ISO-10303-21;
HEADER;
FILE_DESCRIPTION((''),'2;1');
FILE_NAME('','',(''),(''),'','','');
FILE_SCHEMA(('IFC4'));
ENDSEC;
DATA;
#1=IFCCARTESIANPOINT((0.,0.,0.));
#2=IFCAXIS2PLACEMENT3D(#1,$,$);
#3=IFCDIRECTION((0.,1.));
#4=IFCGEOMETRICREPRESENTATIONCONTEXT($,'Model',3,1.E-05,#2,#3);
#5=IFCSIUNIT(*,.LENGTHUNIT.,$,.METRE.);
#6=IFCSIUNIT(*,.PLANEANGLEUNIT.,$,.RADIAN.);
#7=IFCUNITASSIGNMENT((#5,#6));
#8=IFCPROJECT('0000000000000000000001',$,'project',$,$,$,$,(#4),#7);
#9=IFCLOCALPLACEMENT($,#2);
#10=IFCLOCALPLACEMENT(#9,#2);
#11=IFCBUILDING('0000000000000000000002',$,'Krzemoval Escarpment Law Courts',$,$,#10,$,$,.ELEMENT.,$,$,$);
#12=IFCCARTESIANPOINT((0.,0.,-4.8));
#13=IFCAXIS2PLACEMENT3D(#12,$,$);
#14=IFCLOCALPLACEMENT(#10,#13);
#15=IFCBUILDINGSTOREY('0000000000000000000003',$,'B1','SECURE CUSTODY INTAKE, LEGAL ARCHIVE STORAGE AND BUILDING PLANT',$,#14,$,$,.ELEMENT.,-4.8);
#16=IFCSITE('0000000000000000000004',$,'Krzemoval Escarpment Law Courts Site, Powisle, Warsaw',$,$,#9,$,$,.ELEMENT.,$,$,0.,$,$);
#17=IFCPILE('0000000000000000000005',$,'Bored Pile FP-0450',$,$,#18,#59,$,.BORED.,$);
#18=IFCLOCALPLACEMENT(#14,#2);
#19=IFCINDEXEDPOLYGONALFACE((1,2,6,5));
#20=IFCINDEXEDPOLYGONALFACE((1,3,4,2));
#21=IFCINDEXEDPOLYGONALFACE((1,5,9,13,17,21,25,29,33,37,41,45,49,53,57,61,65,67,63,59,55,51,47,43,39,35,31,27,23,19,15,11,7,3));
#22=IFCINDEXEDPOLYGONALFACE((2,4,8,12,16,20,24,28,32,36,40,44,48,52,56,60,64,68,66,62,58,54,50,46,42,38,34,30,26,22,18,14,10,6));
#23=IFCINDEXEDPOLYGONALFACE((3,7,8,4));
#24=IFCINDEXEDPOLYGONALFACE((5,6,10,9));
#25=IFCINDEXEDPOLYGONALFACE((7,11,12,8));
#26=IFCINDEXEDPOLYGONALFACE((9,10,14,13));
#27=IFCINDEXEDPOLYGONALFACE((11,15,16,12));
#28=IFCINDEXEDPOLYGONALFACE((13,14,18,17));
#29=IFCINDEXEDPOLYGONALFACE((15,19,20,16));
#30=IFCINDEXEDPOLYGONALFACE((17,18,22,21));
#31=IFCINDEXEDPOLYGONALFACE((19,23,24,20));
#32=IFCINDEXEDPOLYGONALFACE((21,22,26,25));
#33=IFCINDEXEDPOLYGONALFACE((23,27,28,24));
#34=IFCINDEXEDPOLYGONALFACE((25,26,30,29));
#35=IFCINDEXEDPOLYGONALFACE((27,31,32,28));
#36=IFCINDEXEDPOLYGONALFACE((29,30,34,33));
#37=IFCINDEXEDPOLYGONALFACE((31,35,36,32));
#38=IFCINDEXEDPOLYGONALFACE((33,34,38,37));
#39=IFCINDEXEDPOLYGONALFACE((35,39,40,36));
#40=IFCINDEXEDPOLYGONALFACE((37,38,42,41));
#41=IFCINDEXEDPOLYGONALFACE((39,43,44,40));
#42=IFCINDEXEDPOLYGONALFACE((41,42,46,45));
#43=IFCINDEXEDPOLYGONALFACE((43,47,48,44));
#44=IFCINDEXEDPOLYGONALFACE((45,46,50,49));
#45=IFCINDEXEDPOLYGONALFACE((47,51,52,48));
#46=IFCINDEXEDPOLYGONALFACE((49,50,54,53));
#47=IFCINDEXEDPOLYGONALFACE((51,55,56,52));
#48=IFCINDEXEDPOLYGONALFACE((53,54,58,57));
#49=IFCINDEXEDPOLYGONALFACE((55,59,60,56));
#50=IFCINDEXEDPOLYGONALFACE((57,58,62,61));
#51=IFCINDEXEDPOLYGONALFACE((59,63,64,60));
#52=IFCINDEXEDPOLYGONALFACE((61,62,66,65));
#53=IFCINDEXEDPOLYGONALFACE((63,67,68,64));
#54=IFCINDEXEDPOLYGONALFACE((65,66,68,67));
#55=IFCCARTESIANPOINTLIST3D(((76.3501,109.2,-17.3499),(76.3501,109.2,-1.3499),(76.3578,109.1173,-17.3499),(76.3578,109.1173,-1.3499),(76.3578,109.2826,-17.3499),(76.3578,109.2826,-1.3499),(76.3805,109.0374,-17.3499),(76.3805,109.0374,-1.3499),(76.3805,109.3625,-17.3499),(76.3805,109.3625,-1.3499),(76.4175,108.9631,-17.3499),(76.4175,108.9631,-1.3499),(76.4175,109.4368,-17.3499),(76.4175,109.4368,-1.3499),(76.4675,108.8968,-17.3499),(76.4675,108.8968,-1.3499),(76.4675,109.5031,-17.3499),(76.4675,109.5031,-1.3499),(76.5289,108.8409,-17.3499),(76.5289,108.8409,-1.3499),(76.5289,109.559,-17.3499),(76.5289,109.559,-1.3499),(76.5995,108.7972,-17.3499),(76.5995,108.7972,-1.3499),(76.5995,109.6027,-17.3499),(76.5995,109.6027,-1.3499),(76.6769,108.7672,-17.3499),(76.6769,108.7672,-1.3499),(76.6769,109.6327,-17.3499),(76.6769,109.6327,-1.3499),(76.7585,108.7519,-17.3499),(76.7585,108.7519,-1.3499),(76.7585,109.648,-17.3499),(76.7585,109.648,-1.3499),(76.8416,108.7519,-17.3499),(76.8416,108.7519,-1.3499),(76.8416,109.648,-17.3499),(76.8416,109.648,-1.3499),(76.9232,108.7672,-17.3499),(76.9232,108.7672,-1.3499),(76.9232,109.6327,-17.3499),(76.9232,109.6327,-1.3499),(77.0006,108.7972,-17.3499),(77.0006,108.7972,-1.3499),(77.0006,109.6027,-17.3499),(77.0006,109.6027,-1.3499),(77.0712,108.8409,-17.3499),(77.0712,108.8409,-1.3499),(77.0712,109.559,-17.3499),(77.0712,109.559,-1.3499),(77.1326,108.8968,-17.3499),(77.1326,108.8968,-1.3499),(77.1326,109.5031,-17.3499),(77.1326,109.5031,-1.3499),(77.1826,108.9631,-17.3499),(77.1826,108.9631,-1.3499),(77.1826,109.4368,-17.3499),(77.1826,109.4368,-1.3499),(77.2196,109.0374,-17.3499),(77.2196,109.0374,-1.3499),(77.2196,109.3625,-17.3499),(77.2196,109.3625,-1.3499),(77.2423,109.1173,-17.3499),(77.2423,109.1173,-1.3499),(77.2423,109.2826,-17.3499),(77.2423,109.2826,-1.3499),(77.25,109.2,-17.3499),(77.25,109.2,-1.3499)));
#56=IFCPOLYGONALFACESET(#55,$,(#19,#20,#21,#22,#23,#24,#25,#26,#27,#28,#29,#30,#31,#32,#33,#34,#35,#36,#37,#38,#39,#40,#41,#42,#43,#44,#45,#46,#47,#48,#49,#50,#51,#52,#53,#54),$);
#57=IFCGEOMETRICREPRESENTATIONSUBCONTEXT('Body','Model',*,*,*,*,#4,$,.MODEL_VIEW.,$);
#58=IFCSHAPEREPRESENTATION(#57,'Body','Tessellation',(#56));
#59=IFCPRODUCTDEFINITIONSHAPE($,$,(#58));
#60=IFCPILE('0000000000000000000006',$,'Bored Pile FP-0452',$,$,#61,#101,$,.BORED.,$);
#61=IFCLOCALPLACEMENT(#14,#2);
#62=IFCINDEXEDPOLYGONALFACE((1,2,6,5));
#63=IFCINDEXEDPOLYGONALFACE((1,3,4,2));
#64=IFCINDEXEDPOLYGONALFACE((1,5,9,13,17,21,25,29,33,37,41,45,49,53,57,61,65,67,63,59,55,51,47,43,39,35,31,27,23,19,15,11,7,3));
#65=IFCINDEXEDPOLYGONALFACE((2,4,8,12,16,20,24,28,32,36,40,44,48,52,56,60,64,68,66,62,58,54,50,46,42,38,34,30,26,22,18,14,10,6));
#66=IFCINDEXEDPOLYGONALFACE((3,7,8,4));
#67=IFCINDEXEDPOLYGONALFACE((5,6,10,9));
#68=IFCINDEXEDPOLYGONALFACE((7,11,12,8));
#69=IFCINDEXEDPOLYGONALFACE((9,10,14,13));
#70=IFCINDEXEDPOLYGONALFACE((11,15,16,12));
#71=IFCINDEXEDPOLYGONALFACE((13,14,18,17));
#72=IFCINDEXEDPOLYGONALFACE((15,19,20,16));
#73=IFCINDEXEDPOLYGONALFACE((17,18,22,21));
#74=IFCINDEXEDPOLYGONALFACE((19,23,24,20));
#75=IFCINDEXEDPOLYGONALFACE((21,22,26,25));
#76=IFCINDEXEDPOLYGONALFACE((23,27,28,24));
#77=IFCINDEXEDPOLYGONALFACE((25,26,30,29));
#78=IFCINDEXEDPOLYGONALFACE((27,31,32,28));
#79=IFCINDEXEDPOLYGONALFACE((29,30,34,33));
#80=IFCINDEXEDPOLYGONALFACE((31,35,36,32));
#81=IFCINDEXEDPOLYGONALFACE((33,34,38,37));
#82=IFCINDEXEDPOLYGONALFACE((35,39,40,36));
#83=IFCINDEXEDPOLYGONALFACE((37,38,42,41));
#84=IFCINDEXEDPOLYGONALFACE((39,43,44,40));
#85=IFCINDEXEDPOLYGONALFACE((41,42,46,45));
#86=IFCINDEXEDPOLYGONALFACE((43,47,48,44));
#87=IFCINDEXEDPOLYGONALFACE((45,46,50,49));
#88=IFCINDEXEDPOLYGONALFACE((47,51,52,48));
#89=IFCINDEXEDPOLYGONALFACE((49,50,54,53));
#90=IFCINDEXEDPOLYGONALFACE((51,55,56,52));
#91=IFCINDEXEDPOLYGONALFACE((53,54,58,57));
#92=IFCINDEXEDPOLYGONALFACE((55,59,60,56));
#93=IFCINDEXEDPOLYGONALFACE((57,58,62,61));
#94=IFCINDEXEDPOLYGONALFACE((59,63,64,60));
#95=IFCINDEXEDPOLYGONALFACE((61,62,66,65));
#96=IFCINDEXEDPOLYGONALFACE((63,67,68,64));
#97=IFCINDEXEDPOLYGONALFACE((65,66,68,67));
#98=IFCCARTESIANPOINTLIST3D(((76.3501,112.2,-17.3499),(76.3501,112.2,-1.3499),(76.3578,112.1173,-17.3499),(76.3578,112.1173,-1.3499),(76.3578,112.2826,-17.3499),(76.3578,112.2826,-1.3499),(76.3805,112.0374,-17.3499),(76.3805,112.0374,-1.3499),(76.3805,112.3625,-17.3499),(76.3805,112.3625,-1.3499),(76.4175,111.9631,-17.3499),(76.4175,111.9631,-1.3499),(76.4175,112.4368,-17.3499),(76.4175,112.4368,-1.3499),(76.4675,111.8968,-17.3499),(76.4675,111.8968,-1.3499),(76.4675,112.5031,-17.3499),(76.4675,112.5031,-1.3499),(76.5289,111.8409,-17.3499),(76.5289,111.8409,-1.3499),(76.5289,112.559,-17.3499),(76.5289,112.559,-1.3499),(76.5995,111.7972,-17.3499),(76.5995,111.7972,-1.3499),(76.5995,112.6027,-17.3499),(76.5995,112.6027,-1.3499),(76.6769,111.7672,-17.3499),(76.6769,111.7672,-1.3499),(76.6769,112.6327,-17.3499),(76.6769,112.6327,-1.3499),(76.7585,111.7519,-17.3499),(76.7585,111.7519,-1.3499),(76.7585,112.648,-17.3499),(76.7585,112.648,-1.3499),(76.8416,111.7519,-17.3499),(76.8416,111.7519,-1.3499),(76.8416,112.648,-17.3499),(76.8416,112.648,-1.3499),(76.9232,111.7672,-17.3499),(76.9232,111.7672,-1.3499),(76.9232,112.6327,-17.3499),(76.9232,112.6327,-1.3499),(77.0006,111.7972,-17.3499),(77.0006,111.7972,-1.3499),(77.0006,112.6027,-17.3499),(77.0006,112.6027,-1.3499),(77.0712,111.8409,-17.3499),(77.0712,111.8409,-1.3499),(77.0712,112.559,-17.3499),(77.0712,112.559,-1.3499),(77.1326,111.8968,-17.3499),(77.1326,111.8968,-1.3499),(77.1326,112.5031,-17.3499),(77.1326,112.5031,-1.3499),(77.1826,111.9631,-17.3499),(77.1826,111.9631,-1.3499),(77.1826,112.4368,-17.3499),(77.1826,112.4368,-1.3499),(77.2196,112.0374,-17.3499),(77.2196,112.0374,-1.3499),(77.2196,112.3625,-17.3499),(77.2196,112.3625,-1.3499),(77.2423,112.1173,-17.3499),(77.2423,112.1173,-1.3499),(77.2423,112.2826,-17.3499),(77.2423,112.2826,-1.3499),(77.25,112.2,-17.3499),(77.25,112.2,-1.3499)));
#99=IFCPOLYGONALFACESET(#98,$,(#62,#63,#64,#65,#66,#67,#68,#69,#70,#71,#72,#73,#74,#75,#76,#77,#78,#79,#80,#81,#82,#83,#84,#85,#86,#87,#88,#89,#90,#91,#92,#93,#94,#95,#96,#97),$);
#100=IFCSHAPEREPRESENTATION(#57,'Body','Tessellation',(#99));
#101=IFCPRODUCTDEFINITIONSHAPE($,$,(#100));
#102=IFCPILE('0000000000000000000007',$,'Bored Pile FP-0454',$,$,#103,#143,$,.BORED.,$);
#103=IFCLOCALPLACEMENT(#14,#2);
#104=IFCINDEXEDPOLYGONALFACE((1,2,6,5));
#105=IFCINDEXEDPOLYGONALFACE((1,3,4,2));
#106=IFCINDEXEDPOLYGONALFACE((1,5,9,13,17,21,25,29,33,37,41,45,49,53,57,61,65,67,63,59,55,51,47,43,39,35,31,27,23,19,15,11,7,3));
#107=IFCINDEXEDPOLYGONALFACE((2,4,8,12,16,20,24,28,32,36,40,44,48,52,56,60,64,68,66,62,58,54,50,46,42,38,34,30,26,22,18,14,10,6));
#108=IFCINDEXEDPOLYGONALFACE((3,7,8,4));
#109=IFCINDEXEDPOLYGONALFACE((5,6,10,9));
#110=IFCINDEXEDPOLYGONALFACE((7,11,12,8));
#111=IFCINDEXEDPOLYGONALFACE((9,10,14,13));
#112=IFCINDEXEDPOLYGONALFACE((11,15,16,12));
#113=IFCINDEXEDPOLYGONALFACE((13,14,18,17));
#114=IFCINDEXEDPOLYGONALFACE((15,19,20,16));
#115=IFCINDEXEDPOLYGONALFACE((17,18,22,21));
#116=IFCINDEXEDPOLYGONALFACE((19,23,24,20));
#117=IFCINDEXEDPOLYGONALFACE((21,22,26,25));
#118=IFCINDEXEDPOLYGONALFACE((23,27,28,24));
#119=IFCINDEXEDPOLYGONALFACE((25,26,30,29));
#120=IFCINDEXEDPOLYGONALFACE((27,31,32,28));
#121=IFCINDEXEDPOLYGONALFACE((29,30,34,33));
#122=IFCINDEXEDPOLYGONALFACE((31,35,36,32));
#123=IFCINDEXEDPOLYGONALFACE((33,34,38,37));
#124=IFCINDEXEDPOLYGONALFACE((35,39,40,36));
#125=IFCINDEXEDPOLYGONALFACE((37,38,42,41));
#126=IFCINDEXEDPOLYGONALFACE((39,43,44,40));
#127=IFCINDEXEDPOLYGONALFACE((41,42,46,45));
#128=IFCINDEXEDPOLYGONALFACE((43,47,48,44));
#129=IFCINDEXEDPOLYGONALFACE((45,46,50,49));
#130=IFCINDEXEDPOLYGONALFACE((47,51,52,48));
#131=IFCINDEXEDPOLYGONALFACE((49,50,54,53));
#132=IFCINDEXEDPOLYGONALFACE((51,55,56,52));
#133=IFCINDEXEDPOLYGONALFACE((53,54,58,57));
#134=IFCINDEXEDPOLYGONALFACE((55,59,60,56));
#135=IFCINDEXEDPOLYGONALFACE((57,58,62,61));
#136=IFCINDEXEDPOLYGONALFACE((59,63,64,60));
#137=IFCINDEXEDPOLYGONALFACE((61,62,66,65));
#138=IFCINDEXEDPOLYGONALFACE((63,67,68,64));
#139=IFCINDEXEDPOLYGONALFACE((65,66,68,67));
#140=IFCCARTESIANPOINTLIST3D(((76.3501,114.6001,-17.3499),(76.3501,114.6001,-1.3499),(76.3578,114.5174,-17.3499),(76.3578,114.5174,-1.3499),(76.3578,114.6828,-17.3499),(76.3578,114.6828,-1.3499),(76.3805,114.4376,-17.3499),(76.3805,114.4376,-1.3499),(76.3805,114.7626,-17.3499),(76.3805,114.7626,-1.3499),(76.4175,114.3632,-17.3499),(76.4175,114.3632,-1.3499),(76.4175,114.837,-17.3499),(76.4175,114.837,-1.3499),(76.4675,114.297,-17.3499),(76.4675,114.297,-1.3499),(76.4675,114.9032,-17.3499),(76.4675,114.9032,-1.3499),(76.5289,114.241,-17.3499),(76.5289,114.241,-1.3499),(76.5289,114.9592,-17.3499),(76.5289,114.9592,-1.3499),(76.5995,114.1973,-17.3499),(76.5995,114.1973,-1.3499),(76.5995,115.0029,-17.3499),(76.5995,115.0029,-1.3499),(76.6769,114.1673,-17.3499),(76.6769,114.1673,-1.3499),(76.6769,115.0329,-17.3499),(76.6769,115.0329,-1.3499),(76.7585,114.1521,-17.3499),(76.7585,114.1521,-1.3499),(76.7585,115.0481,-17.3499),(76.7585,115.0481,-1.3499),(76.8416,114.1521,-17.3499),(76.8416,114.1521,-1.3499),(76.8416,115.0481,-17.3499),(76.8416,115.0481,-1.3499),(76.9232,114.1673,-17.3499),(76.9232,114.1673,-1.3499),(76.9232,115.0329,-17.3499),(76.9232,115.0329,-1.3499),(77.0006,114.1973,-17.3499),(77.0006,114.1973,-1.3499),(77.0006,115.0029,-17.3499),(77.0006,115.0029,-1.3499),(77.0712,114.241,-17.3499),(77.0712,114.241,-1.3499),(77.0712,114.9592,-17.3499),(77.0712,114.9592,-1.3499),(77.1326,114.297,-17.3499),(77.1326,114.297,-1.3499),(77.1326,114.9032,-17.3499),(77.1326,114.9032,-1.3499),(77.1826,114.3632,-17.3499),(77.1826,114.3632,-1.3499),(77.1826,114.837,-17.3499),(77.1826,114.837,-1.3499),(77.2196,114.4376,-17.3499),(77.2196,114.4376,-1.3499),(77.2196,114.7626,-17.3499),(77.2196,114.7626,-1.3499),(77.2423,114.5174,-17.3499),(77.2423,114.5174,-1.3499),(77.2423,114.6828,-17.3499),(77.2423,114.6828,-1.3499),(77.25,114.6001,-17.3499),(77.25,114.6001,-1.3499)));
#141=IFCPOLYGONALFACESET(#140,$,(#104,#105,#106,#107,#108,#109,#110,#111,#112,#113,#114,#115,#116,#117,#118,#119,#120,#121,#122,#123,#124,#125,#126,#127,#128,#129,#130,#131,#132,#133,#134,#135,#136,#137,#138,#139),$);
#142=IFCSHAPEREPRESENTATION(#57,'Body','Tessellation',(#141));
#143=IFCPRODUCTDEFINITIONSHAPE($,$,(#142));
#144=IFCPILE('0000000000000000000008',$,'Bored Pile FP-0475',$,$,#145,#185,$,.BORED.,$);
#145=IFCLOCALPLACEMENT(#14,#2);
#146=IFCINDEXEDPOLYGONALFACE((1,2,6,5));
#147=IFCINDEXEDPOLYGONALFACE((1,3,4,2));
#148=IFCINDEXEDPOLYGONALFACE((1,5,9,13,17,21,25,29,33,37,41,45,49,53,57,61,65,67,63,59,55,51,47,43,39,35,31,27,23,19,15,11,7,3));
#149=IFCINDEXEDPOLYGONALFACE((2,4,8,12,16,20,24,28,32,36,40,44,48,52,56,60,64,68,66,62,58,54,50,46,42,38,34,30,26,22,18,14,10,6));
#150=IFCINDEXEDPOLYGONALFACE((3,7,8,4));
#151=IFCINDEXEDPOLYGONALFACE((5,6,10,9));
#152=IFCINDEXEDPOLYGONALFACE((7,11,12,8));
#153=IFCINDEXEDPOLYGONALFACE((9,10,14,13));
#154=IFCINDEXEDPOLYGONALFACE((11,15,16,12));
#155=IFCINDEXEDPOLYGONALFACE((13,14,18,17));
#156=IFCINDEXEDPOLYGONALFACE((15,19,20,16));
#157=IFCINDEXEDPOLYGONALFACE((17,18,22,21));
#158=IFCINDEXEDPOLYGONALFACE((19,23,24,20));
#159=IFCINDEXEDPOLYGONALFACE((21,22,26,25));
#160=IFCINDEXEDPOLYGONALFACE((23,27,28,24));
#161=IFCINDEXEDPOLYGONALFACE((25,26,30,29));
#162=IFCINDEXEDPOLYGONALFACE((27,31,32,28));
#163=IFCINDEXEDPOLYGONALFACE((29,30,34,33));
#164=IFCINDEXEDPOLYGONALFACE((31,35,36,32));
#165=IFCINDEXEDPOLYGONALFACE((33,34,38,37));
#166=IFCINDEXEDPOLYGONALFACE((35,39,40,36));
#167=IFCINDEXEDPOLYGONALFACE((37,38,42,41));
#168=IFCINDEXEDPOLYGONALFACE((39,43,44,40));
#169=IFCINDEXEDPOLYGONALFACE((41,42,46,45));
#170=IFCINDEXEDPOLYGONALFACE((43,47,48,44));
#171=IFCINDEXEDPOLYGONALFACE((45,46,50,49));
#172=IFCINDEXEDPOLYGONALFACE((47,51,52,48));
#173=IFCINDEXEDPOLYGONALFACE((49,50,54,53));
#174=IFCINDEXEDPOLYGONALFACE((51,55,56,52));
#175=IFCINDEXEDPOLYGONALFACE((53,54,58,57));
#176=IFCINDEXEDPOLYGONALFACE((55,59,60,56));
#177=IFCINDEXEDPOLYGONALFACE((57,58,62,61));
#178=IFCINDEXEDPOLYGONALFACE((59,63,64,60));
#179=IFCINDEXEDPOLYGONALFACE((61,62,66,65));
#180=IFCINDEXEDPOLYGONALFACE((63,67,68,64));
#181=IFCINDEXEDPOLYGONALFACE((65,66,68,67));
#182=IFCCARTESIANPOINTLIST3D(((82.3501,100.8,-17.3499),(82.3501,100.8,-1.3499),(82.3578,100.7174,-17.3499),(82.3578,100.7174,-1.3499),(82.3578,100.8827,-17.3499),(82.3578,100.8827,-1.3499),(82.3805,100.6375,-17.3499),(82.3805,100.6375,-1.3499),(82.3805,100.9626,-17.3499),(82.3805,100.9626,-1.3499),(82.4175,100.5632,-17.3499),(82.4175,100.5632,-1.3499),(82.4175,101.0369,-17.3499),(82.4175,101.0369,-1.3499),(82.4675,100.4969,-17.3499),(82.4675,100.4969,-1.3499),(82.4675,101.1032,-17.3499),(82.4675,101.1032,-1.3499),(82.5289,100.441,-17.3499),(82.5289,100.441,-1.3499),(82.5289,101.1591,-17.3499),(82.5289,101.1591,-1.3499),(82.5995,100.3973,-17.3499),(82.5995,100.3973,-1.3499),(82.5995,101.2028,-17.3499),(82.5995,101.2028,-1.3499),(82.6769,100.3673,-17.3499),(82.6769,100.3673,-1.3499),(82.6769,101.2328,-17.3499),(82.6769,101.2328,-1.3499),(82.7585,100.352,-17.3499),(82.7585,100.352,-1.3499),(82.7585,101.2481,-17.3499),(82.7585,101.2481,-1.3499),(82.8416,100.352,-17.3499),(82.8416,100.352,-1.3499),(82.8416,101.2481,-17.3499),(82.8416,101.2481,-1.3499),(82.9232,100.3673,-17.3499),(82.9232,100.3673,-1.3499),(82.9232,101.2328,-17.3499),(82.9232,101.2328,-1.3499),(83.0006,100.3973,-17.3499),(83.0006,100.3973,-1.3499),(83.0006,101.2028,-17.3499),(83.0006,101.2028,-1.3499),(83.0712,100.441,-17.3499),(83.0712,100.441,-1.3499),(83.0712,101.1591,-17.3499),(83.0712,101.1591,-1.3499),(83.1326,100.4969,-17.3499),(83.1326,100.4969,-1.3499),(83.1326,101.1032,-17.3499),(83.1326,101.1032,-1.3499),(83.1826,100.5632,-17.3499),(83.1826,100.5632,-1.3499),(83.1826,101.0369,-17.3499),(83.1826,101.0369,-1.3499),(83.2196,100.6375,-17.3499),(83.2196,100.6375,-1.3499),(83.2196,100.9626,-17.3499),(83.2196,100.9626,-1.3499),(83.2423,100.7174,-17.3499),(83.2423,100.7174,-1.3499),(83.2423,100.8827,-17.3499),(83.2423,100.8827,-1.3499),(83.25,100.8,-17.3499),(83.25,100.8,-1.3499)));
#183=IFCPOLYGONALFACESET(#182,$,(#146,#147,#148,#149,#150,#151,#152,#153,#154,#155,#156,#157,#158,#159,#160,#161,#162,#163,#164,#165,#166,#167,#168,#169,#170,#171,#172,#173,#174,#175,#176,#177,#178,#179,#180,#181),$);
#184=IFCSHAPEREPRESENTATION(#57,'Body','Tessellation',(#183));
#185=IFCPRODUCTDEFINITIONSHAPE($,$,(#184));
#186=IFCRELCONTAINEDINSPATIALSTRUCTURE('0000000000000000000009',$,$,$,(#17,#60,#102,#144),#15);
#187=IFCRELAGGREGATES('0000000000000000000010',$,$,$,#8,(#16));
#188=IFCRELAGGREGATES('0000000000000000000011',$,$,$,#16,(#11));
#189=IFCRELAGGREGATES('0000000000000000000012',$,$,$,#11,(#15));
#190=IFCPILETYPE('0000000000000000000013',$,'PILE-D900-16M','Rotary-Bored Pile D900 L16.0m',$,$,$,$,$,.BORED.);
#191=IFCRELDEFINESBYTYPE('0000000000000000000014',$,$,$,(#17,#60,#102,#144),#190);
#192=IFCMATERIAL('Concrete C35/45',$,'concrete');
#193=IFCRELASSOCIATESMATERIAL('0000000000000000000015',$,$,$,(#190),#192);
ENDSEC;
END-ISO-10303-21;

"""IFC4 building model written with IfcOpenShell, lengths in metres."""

from ifc_helpers import new_model, si_unit, direction, frame, origin, origin_2d, place, context, subcontext, project, spatial, circle, extrude, material, material_profile, profile_set, type_object, element, save


model = new_model("IFC4")

# Units and contexts
model_context = context("Model", 3, precision=1e-05, world=origin(), true_north=direction((0.0, 1.0)))
body_context = subcontext(model_context, "Body", "Model", "MODEL_VIEW")
ifc_project = project(units=[si_unit("LENGTHUNIT", "METRE"), si_unit("PLANEANGLEUNIT", "RADIAN")], contexts=[model_context])

# Site, building, storey
site_placement = place(None, origin())
site = spatial("IfcSite", under=ifc_project, at=site_placement, Name="Krzemoval Escarpment Law Courts Site, Powisle, Warsaw", CompositionType="ELEMENT", RefElevation=0.0)
building_placement = place(site_placement, origin())
building = spatial("IfcBuilding", under=site, at=building_placement, Name="Krzemoval Escarpment Law Courts", CompositionType="ELEMENT")
storey_placement = place(building_placement, frame((0.0, 0.0, -4.8)))
storey = spatial("IfcBuildingStorey", under=building, at=storey_placement, Name="B1", Description="SECURE CUSTODY INTAKE, LEGAL ARCHIVE STORAGE AND BUILDING PLANT", CompositionType="ELEMENT", Elevation=-4.8)

# Piles
ifc_material_1 = material(Name="Concrete C35/45", Category="concrete")
ifc_material_profile_1 = material_profile(ifc_material_1, circle(Radius=0.45, at=origin_2d()), Name="PILE D900")
ifc_profile_set_1 = profile_set([ifc_material_profile_1], Name="Concrete C35/45")
pile_type = type_object("IfcPileType", Name="PILE-D900-16M", Description="Rotary-Bored Pile D900 L16.0m", PredefinedType="BORED", material=ifc_profile_set_1)
for number, where, z_axis, x_axis, name in (
    (1, (76.8, 109.2, -1.3499), (0.0, 0.0, -1.0), (1.0, 0.0, 0.0), "Bored Pile FP-0450"),
    (2, (76.8, 112.2, -1.3499), (0.0, 0.0, -1.0), (1.0, 0.0, 0.0), "Bored Pile FP-0452"),
    (3, (76.8, 114.6001, -1.3499), (0.0, 0.0, -1.0), (1.0, 0.0, 0.0), "Bored Pile FP-0454"),
    (4, (82.8, 100.8, -1.3499), (0.0, 0.0, -1.0), (1.0, 0.0, 0.0), "Bored Pile FP-0475"),
):
    element("IfcPile", number, at=place(storey_placement, frame(where, z_axis=z_axis, x_axis=x_axis)), inside=storey, type_object=pile_type, Name=name, PredefinedType="BORED", context=body_context, shape_type="SweptSolid", body=[
        extrude(circle(Radius=0.45, at=origin_2d()), origin(), (0.0, 0.0, 1.0), 16.0),
    ])

save(model, "model.ifc")
